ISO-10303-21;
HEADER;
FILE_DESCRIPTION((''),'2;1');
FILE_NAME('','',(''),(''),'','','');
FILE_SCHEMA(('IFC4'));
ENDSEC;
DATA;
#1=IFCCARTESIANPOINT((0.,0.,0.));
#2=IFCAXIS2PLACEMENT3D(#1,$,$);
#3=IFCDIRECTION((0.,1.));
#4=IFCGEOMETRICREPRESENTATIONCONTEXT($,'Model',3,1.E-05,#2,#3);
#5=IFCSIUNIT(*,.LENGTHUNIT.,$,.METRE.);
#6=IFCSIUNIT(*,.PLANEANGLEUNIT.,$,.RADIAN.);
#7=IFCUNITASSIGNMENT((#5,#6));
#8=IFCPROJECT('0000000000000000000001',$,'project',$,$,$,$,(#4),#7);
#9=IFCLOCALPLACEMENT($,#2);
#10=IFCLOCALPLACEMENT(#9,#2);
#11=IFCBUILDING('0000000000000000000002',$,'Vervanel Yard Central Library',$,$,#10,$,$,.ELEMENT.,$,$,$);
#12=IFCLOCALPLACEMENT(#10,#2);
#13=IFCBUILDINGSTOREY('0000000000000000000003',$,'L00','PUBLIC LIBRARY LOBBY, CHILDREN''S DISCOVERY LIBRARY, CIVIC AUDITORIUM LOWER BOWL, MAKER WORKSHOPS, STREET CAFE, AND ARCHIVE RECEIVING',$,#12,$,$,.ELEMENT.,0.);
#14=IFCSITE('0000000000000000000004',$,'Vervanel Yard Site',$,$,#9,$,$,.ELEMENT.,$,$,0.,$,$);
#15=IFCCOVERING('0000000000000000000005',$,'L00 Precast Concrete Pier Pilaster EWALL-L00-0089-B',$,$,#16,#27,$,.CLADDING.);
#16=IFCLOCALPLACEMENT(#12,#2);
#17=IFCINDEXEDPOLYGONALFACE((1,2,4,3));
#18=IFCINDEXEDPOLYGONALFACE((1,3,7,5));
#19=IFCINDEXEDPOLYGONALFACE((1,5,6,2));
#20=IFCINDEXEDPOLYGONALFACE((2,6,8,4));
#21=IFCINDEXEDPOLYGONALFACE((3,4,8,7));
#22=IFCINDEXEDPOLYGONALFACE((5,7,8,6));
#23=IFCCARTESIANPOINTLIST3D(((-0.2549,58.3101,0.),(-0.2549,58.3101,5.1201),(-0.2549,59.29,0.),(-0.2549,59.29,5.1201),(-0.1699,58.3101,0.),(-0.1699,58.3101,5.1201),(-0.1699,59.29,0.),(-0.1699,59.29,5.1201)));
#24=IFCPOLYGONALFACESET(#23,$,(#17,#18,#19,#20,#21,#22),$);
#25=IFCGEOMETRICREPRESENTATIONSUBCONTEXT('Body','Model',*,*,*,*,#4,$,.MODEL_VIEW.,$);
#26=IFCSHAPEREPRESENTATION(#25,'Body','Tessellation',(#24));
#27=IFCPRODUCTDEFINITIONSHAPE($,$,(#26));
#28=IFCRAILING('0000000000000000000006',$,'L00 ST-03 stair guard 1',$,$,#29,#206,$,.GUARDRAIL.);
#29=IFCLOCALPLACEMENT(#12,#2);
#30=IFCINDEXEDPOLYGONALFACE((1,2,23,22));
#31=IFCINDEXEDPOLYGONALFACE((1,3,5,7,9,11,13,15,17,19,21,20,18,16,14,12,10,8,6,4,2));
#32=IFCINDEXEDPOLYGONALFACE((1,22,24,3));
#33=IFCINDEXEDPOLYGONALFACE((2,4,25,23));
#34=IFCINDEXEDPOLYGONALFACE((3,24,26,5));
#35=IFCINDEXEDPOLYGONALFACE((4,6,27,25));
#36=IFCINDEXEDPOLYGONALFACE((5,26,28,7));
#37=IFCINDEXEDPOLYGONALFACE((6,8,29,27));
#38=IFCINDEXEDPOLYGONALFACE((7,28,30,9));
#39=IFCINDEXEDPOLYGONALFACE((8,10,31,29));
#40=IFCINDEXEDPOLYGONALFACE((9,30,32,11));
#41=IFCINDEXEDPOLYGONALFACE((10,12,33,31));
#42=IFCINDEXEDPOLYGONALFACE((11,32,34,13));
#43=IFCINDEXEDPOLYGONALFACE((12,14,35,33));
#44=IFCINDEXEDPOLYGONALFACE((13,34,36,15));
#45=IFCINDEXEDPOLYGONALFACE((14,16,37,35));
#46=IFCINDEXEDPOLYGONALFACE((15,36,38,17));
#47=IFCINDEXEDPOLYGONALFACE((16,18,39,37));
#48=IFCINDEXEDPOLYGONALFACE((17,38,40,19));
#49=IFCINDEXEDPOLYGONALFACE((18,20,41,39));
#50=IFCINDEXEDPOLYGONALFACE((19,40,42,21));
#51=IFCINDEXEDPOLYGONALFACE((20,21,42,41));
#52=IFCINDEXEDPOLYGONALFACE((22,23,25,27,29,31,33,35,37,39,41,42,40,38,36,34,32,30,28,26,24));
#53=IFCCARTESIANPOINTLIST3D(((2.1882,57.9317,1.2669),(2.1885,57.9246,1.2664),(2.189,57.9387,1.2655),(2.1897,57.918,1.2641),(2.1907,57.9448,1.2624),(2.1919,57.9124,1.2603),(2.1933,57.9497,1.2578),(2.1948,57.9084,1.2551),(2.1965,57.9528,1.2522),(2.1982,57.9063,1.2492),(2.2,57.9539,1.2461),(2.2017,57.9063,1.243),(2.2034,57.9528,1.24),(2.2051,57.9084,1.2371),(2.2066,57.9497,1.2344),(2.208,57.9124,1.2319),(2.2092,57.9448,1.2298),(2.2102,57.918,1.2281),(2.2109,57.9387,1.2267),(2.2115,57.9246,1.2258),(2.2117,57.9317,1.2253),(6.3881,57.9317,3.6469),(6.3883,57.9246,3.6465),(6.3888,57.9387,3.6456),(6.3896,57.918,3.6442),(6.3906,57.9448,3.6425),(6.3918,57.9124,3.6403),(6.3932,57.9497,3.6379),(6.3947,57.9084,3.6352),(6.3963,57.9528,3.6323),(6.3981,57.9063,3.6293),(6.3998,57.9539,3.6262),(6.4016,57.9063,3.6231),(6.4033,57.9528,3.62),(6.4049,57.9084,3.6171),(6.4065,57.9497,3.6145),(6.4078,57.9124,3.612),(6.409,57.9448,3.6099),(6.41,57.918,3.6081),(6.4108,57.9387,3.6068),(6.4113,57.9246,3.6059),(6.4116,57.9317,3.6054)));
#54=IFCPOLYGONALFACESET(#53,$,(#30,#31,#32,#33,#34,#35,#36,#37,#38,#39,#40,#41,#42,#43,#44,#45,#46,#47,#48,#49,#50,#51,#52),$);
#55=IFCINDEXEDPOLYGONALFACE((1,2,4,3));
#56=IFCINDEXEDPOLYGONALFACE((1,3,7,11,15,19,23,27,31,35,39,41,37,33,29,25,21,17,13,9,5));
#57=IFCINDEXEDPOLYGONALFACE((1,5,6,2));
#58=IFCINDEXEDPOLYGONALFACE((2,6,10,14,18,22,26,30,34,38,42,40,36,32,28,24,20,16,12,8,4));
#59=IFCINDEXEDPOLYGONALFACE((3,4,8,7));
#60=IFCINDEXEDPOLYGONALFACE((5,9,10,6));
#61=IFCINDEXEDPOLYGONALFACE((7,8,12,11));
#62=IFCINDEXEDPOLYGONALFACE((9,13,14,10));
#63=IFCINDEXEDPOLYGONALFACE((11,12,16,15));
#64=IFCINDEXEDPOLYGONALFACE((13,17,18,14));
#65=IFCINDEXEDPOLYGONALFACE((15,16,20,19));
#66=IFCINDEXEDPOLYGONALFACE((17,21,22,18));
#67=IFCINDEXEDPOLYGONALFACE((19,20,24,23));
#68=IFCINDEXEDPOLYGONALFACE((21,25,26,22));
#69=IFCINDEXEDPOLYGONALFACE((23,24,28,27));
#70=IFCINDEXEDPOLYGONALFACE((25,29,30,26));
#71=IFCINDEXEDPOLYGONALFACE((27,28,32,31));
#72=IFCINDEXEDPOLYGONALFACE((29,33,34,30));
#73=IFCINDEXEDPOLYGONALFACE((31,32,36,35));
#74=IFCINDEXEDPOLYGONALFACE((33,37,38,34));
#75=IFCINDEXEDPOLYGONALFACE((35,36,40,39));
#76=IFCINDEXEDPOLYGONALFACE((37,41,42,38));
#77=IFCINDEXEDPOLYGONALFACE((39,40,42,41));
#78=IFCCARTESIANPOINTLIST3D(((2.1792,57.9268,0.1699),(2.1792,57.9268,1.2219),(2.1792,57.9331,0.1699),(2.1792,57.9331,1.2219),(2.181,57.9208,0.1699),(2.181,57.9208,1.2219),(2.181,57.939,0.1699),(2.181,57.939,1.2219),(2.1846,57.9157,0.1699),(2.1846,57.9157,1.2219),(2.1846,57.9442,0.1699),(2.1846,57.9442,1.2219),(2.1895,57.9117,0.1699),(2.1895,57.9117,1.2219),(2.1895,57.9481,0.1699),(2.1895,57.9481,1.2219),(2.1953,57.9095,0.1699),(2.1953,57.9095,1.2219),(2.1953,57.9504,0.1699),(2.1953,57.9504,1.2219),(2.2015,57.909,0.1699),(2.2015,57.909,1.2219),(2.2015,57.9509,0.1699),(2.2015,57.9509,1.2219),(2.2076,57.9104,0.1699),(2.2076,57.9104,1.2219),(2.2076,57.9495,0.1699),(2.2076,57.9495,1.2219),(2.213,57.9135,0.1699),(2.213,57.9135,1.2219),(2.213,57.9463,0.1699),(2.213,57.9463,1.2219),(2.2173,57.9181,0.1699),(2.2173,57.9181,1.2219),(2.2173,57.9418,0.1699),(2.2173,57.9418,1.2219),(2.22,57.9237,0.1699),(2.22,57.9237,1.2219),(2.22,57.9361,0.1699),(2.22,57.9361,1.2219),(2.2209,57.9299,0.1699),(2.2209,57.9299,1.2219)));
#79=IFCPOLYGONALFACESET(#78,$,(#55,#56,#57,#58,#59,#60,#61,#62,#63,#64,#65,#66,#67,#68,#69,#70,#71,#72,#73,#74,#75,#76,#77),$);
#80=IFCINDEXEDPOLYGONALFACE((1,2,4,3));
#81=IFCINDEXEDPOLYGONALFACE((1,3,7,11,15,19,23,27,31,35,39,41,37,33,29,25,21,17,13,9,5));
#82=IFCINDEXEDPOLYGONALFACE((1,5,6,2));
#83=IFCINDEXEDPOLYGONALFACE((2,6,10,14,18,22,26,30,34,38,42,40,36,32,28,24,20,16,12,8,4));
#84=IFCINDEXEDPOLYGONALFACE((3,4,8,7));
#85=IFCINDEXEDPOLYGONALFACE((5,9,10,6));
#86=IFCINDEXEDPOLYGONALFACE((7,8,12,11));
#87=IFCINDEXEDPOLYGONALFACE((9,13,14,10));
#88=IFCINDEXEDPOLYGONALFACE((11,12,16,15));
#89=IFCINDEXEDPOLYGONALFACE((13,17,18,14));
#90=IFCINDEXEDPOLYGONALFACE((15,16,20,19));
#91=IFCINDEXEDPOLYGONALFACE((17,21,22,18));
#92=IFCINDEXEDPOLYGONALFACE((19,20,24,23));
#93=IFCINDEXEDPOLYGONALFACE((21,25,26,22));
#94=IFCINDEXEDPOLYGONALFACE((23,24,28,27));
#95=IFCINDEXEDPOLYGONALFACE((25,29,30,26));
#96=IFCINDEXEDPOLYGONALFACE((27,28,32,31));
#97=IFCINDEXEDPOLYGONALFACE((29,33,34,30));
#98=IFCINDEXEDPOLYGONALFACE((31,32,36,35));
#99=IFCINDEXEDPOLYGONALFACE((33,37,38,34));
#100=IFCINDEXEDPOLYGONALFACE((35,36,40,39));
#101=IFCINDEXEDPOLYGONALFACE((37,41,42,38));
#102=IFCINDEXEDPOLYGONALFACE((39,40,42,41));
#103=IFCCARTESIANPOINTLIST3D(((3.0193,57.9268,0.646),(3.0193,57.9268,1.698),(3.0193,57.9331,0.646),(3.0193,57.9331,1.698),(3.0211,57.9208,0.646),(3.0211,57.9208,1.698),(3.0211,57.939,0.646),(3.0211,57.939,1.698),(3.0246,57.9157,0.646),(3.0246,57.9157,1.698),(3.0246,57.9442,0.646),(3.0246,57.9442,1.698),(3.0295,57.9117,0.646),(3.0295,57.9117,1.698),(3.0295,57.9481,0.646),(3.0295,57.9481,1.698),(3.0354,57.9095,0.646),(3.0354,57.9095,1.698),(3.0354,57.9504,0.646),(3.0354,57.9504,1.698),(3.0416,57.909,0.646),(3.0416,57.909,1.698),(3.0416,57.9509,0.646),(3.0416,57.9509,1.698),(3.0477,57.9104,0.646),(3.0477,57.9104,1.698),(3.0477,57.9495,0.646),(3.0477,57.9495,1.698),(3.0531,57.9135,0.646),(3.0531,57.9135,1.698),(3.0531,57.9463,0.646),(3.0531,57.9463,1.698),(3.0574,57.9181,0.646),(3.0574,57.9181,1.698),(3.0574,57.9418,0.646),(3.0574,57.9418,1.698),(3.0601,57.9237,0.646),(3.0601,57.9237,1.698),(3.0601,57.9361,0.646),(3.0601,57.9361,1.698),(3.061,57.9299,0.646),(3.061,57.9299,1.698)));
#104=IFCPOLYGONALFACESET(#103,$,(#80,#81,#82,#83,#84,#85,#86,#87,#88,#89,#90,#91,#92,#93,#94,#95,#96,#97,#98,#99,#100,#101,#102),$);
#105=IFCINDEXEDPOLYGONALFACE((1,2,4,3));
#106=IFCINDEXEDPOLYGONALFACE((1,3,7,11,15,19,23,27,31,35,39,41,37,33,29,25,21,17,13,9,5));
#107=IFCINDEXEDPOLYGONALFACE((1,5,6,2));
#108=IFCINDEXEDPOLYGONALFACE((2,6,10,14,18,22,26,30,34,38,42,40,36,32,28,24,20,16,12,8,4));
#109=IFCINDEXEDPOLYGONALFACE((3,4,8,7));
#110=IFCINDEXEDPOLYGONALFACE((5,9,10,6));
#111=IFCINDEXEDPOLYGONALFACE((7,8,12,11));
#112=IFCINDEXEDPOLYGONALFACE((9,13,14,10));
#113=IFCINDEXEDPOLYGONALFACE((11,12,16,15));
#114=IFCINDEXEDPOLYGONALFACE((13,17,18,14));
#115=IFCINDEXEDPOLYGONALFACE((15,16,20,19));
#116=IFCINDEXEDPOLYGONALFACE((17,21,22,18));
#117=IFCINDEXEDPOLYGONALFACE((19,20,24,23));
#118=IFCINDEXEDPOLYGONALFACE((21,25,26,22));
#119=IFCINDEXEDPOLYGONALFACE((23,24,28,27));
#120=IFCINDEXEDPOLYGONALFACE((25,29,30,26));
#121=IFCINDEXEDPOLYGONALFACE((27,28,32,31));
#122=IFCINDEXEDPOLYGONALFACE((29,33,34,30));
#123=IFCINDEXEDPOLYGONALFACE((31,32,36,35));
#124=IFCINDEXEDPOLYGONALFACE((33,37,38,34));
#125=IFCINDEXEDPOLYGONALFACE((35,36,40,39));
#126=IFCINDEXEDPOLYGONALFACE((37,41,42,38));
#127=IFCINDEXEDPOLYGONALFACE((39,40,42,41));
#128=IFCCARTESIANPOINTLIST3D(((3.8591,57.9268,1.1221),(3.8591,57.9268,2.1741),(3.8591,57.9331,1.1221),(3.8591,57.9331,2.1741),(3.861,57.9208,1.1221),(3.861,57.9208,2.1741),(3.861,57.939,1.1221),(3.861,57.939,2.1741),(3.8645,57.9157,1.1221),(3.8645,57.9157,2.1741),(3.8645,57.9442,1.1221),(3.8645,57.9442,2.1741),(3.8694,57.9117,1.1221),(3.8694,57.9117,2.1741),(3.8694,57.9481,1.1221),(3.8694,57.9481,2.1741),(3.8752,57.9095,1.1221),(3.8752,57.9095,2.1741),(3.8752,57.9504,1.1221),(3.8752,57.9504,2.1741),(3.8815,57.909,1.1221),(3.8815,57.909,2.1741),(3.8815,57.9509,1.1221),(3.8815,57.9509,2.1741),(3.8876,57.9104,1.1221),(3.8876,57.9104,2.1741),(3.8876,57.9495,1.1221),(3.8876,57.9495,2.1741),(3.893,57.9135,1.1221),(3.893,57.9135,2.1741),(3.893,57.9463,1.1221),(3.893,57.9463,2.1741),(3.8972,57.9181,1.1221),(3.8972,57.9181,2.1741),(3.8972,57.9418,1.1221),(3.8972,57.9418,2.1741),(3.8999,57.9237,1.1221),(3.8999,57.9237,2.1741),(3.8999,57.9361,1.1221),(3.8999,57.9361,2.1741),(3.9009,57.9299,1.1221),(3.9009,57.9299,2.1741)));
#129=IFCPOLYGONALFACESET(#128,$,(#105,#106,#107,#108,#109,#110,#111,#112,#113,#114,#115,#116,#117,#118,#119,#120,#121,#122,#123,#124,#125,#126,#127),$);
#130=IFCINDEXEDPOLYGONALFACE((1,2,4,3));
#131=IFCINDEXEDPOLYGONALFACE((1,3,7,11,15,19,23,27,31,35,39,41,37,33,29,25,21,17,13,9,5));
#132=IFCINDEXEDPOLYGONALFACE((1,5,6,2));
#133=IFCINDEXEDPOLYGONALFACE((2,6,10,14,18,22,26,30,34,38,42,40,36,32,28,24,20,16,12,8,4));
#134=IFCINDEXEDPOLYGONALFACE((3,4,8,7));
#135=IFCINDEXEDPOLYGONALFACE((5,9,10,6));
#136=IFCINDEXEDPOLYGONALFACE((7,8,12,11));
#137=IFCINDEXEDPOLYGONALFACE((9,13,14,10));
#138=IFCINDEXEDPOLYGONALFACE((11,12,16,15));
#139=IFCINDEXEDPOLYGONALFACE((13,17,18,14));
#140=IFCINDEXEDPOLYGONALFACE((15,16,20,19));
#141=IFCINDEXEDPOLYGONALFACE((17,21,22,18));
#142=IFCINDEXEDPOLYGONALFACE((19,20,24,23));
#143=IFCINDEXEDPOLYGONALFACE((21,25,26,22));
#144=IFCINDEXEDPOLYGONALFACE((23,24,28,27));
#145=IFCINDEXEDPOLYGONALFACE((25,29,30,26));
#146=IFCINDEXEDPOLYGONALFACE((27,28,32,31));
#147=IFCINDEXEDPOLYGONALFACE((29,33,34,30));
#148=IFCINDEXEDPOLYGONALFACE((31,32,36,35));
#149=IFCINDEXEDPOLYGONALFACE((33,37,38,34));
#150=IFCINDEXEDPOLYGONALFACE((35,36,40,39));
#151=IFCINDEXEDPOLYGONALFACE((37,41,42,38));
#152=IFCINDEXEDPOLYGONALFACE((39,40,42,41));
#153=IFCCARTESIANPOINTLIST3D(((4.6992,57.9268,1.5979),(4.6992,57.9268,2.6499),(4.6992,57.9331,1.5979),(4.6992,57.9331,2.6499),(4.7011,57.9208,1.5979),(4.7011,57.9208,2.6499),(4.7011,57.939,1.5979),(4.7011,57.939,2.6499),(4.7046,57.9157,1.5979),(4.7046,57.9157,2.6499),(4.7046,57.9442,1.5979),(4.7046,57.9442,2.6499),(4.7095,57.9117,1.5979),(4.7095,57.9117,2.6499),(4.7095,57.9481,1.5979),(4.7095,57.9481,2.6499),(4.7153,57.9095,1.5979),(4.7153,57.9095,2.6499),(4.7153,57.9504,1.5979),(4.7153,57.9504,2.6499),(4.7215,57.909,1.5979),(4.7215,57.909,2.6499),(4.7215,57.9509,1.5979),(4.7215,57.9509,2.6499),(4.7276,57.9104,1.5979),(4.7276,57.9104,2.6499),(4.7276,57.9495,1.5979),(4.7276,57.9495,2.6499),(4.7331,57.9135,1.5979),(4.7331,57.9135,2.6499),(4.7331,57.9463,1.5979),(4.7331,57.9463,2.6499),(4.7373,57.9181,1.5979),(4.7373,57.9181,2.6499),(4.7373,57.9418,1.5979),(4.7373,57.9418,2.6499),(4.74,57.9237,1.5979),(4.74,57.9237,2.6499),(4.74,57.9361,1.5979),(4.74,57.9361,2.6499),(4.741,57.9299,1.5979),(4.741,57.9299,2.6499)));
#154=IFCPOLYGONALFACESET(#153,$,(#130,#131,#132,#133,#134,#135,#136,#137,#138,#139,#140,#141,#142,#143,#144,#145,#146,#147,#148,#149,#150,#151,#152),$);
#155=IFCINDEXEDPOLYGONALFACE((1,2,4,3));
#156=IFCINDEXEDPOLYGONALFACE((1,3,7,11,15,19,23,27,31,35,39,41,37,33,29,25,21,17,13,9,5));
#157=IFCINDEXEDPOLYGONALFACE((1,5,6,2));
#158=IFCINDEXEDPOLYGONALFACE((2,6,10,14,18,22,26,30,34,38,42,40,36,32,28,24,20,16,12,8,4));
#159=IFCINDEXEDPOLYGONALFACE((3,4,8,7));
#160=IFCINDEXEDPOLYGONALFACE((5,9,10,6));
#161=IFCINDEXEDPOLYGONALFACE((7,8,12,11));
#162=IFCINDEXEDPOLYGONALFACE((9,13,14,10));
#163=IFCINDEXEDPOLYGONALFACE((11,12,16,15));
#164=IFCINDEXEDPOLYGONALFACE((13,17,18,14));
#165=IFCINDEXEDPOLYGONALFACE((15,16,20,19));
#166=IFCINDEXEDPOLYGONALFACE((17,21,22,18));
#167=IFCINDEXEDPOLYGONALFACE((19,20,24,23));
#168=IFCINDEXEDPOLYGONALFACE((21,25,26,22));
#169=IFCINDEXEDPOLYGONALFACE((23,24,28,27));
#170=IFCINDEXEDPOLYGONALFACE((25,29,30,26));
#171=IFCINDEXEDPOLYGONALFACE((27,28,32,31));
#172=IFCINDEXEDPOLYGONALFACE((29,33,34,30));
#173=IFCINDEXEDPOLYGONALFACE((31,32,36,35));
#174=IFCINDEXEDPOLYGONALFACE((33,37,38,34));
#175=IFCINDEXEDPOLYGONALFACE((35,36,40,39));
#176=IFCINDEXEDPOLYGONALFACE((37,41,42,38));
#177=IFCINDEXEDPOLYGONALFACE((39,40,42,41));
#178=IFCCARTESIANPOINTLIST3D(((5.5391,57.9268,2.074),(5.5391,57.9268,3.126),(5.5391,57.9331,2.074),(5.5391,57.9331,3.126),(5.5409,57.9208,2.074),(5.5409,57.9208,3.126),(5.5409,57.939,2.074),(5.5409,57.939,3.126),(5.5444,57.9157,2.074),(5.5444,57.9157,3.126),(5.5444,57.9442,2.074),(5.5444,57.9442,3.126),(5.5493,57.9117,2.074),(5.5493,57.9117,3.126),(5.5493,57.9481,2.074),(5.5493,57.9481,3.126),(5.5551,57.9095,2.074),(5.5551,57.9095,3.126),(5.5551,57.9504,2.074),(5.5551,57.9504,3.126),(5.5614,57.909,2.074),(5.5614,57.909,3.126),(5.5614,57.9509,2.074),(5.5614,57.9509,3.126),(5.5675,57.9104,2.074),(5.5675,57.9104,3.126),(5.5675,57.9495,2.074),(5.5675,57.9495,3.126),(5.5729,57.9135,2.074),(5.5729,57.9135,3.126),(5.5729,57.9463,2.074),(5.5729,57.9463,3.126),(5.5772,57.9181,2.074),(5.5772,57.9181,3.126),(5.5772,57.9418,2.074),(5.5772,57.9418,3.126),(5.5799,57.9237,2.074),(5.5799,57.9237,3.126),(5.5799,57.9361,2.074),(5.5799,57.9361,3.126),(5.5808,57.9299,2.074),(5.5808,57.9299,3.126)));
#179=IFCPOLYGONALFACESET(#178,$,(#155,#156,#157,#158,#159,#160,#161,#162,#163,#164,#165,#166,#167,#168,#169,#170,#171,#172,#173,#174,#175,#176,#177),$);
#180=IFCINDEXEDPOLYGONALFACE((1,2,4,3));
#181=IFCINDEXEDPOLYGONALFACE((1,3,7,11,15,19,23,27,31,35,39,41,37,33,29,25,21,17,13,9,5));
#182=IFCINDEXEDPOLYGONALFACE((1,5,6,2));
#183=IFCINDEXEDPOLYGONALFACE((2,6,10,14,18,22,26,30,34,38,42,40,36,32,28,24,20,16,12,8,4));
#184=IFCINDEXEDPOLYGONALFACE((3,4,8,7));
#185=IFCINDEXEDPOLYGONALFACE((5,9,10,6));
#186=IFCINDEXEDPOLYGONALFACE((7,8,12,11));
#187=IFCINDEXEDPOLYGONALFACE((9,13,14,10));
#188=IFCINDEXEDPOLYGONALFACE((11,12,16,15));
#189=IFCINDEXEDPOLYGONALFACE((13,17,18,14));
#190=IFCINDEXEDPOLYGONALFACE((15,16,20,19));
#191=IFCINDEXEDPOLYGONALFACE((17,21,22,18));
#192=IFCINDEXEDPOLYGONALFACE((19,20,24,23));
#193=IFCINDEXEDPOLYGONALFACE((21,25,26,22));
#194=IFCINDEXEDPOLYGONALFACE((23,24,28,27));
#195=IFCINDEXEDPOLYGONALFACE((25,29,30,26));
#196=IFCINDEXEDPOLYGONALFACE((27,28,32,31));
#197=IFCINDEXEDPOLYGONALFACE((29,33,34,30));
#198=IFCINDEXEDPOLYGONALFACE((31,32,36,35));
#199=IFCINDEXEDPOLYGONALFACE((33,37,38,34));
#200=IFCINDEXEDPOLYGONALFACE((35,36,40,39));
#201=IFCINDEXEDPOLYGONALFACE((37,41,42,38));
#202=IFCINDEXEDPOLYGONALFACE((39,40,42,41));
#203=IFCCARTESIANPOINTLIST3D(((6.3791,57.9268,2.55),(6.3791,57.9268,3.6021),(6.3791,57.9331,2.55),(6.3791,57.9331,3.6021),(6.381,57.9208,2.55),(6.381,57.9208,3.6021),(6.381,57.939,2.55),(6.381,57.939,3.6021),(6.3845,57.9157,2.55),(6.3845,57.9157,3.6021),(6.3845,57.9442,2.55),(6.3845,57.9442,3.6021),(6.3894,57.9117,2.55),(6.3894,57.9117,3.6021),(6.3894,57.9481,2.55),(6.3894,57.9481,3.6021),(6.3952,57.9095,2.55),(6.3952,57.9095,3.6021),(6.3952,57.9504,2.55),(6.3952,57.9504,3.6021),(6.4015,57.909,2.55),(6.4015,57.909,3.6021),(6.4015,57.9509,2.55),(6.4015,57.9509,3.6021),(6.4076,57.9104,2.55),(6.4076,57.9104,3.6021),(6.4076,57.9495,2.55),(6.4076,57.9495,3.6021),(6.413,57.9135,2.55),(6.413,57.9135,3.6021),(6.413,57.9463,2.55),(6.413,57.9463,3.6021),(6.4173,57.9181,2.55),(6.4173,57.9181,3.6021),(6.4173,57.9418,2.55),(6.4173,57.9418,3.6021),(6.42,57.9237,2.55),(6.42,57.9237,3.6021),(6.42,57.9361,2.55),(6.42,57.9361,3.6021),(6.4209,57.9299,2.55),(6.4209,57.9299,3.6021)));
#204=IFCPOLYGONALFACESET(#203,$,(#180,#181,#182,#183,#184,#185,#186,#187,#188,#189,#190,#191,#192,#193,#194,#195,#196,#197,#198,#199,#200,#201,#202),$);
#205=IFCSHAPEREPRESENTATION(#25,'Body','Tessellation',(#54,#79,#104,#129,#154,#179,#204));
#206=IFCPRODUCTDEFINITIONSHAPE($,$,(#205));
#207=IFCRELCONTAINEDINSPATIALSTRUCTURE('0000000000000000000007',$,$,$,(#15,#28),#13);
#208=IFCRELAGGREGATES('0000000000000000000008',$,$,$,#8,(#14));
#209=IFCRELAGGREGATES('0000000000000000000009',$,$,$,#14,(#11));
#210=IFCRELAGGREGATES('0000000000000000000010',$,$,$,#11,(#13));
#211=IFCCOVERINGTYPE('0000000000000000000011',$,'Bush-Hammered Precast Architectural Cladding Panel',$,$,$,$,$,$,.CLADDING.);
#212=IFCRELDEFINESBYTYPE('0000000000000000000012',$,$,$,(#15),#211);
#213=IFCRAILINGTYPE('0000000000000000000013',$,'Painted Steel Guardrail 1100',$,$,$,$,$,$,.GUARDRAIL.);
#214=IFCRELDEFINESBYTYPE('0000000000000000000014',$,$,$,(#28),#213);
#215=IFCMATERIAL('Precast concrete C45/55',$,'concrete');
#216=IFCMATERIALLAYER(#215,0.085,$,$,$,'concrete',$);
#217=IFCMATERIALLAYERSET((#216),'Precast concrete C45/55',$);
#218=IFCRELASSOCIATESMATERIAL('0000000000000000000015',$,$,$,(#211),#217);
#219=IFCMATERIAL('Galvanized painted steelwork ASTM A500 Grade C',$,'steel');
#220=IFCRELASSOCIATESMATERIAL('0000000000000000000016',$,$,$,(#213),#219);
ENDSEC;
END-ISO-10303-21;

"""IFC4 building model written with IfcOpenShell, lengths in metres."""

from ifc_helpers import new_model, si_unit, direction, frame, origin, origin_2d, place, context, subcontext, project, spatial, rectangle, circle, extrude, material, layer, layer_set, type_object, element, save


model = new_model("IFC4")

# Units and contexts
model_context = context("Model", 3, precision=1e-05, world=origin(), true_north=direction((0.0, 1.0)))
body_context = subcontext(model_context, "Body", "Model", "MODEL_VIEW")
ifc_project = project(units=[si_unit("LENGTHUNIT", "METRE"), si_unit("PLANEANGLEUNIT", "RADIAN")], contexts=[model_context])

# Site, building, storey
site_placement = place(None, origin())
site = spatial("IfcSite", under=ifc_project, at=site_placement, Name="Vervanel Yard Site", CompositionType="ELEMENT", RefElevation=0.0)
building_placement = place(site_placement, origin())
building = spatial("IfcBuilding", under=site, at=building_placement, Name="Vervanel Yard Central Library", CompositionType="ELEMENT")
storey_placement = place(building_placement, origin())
storey = spatial("IfcBuildingStorey", under=building, at=storey_placement, Name="L00", Description="PUBLIC LIBRARY LOBBY, CHILDREN'S DISCOVERY LIBRARY, CIVIC AUDITORIUM LOWER BOWL, MAKER WORKSHOPS, STREET CAFE, AND ARCHIVE RECEIVING", CompositionType="ELEMENT", Elevation=0.0)

# Shared definitions
ifc_material_1 = material(Name="Galvanized painted steelwork ASTM A500 Grade C", Category="steel")

# Covering
ifc_material_2 = material(Name="Precast concrete C45/55", Category="concrete")
ifc_layer_1 = layer(ifc_material_2, 0.085, Category="concrete")
ifc_layer_set_1 = layer_set([ifc_layer_1], Name="Precast concrete C45/55")
covering_type = type_object("IfcCoveringType", Name="Bush-Hammered Precast Architectural Cladding Panel", PredefinedType="CLADDING", material=ifc_layer_set_1)
covering_1_placement = place(storey_placement, frame((-0.2124, 58.8, 0.0), z_axis=(0.0, 0.0, 1.0), x_axis=(0.0, 1.0, 0.0)))
element("IfcCovering", 1, at=covering_1_placement, inside=storey, type_object=covering_type, Name="L00 Precast Concrete Pier Pilaster EWALL-L00-0089-B", PredefinedType="CLADDING", context=body_context, shape_type="SweptSolid", body=[
    extrude(rectangle(XDim=0.98, YDim=0.085, at=origin_2d()), origin(), (0.0, 0.0, 1.0), 5.1201),
])

# Railing
railing_type_1 = type_object("IfcRailingType", Name="Painted Steel Guardrail 1100", PredefinedType="GUARDRAIL", material=ifc_material_1)
railing_1_placement = place(storey_placement, frame((2.2, 57.9299, 0.1699)))
element("IfcRailing", 2, at=railing_1_placement, inside=storey, type_object=railing_type_1, Name="L00 ST-03 stair guard 1", PredefinedType="GUARDRAIL", context=body_context, shape_type="SweptSolid", body=[
    extrude(circle(Radius=0.0239, at=origin_2d()), frame((0.0, 0.0, 1.0762), z_axis=(0.870008, 0.0, 0.493037), x_axis=(0.0, 1.0, 0.0)), (0.0, 0.0, 1.0), 4.8274),
    extrude(circle(Radius=0.021, at=origin_2d()), origin(), (0.0, 0.0, 1.0), 1.052),
    extrude(circle(Radius=0.021, at=origin_2d()), frame((0.8401, 0.0, 0.4761)), (0.0, 0.0, 1.0), 1.052),
    extrude(circle(Radius=0.021, at=origin_2d()), frame((1.6799, 0.0, 0.9521)), (0.0, 0.0, 1.0), 1.052),
    extrude(circle(Radius=0.021, at=origin_2d()), frame((2.52, 0.0, 1.428)), (0.0, 0.0, 1.0), 1.052),
    extrude(circle(Radius=0.021, at=origin_2d()), frame((3.3599, 0.0, 1.9041)), (0.0, 0.0, 1.0), 1.052),
    extrude(circle(Radius=0.021, at=origin_2d()), frame((4.2, 0.0, 2.3801)), (0.0, 0.0, 1.0), 1.052),
])

save(model, "model.ifc")
